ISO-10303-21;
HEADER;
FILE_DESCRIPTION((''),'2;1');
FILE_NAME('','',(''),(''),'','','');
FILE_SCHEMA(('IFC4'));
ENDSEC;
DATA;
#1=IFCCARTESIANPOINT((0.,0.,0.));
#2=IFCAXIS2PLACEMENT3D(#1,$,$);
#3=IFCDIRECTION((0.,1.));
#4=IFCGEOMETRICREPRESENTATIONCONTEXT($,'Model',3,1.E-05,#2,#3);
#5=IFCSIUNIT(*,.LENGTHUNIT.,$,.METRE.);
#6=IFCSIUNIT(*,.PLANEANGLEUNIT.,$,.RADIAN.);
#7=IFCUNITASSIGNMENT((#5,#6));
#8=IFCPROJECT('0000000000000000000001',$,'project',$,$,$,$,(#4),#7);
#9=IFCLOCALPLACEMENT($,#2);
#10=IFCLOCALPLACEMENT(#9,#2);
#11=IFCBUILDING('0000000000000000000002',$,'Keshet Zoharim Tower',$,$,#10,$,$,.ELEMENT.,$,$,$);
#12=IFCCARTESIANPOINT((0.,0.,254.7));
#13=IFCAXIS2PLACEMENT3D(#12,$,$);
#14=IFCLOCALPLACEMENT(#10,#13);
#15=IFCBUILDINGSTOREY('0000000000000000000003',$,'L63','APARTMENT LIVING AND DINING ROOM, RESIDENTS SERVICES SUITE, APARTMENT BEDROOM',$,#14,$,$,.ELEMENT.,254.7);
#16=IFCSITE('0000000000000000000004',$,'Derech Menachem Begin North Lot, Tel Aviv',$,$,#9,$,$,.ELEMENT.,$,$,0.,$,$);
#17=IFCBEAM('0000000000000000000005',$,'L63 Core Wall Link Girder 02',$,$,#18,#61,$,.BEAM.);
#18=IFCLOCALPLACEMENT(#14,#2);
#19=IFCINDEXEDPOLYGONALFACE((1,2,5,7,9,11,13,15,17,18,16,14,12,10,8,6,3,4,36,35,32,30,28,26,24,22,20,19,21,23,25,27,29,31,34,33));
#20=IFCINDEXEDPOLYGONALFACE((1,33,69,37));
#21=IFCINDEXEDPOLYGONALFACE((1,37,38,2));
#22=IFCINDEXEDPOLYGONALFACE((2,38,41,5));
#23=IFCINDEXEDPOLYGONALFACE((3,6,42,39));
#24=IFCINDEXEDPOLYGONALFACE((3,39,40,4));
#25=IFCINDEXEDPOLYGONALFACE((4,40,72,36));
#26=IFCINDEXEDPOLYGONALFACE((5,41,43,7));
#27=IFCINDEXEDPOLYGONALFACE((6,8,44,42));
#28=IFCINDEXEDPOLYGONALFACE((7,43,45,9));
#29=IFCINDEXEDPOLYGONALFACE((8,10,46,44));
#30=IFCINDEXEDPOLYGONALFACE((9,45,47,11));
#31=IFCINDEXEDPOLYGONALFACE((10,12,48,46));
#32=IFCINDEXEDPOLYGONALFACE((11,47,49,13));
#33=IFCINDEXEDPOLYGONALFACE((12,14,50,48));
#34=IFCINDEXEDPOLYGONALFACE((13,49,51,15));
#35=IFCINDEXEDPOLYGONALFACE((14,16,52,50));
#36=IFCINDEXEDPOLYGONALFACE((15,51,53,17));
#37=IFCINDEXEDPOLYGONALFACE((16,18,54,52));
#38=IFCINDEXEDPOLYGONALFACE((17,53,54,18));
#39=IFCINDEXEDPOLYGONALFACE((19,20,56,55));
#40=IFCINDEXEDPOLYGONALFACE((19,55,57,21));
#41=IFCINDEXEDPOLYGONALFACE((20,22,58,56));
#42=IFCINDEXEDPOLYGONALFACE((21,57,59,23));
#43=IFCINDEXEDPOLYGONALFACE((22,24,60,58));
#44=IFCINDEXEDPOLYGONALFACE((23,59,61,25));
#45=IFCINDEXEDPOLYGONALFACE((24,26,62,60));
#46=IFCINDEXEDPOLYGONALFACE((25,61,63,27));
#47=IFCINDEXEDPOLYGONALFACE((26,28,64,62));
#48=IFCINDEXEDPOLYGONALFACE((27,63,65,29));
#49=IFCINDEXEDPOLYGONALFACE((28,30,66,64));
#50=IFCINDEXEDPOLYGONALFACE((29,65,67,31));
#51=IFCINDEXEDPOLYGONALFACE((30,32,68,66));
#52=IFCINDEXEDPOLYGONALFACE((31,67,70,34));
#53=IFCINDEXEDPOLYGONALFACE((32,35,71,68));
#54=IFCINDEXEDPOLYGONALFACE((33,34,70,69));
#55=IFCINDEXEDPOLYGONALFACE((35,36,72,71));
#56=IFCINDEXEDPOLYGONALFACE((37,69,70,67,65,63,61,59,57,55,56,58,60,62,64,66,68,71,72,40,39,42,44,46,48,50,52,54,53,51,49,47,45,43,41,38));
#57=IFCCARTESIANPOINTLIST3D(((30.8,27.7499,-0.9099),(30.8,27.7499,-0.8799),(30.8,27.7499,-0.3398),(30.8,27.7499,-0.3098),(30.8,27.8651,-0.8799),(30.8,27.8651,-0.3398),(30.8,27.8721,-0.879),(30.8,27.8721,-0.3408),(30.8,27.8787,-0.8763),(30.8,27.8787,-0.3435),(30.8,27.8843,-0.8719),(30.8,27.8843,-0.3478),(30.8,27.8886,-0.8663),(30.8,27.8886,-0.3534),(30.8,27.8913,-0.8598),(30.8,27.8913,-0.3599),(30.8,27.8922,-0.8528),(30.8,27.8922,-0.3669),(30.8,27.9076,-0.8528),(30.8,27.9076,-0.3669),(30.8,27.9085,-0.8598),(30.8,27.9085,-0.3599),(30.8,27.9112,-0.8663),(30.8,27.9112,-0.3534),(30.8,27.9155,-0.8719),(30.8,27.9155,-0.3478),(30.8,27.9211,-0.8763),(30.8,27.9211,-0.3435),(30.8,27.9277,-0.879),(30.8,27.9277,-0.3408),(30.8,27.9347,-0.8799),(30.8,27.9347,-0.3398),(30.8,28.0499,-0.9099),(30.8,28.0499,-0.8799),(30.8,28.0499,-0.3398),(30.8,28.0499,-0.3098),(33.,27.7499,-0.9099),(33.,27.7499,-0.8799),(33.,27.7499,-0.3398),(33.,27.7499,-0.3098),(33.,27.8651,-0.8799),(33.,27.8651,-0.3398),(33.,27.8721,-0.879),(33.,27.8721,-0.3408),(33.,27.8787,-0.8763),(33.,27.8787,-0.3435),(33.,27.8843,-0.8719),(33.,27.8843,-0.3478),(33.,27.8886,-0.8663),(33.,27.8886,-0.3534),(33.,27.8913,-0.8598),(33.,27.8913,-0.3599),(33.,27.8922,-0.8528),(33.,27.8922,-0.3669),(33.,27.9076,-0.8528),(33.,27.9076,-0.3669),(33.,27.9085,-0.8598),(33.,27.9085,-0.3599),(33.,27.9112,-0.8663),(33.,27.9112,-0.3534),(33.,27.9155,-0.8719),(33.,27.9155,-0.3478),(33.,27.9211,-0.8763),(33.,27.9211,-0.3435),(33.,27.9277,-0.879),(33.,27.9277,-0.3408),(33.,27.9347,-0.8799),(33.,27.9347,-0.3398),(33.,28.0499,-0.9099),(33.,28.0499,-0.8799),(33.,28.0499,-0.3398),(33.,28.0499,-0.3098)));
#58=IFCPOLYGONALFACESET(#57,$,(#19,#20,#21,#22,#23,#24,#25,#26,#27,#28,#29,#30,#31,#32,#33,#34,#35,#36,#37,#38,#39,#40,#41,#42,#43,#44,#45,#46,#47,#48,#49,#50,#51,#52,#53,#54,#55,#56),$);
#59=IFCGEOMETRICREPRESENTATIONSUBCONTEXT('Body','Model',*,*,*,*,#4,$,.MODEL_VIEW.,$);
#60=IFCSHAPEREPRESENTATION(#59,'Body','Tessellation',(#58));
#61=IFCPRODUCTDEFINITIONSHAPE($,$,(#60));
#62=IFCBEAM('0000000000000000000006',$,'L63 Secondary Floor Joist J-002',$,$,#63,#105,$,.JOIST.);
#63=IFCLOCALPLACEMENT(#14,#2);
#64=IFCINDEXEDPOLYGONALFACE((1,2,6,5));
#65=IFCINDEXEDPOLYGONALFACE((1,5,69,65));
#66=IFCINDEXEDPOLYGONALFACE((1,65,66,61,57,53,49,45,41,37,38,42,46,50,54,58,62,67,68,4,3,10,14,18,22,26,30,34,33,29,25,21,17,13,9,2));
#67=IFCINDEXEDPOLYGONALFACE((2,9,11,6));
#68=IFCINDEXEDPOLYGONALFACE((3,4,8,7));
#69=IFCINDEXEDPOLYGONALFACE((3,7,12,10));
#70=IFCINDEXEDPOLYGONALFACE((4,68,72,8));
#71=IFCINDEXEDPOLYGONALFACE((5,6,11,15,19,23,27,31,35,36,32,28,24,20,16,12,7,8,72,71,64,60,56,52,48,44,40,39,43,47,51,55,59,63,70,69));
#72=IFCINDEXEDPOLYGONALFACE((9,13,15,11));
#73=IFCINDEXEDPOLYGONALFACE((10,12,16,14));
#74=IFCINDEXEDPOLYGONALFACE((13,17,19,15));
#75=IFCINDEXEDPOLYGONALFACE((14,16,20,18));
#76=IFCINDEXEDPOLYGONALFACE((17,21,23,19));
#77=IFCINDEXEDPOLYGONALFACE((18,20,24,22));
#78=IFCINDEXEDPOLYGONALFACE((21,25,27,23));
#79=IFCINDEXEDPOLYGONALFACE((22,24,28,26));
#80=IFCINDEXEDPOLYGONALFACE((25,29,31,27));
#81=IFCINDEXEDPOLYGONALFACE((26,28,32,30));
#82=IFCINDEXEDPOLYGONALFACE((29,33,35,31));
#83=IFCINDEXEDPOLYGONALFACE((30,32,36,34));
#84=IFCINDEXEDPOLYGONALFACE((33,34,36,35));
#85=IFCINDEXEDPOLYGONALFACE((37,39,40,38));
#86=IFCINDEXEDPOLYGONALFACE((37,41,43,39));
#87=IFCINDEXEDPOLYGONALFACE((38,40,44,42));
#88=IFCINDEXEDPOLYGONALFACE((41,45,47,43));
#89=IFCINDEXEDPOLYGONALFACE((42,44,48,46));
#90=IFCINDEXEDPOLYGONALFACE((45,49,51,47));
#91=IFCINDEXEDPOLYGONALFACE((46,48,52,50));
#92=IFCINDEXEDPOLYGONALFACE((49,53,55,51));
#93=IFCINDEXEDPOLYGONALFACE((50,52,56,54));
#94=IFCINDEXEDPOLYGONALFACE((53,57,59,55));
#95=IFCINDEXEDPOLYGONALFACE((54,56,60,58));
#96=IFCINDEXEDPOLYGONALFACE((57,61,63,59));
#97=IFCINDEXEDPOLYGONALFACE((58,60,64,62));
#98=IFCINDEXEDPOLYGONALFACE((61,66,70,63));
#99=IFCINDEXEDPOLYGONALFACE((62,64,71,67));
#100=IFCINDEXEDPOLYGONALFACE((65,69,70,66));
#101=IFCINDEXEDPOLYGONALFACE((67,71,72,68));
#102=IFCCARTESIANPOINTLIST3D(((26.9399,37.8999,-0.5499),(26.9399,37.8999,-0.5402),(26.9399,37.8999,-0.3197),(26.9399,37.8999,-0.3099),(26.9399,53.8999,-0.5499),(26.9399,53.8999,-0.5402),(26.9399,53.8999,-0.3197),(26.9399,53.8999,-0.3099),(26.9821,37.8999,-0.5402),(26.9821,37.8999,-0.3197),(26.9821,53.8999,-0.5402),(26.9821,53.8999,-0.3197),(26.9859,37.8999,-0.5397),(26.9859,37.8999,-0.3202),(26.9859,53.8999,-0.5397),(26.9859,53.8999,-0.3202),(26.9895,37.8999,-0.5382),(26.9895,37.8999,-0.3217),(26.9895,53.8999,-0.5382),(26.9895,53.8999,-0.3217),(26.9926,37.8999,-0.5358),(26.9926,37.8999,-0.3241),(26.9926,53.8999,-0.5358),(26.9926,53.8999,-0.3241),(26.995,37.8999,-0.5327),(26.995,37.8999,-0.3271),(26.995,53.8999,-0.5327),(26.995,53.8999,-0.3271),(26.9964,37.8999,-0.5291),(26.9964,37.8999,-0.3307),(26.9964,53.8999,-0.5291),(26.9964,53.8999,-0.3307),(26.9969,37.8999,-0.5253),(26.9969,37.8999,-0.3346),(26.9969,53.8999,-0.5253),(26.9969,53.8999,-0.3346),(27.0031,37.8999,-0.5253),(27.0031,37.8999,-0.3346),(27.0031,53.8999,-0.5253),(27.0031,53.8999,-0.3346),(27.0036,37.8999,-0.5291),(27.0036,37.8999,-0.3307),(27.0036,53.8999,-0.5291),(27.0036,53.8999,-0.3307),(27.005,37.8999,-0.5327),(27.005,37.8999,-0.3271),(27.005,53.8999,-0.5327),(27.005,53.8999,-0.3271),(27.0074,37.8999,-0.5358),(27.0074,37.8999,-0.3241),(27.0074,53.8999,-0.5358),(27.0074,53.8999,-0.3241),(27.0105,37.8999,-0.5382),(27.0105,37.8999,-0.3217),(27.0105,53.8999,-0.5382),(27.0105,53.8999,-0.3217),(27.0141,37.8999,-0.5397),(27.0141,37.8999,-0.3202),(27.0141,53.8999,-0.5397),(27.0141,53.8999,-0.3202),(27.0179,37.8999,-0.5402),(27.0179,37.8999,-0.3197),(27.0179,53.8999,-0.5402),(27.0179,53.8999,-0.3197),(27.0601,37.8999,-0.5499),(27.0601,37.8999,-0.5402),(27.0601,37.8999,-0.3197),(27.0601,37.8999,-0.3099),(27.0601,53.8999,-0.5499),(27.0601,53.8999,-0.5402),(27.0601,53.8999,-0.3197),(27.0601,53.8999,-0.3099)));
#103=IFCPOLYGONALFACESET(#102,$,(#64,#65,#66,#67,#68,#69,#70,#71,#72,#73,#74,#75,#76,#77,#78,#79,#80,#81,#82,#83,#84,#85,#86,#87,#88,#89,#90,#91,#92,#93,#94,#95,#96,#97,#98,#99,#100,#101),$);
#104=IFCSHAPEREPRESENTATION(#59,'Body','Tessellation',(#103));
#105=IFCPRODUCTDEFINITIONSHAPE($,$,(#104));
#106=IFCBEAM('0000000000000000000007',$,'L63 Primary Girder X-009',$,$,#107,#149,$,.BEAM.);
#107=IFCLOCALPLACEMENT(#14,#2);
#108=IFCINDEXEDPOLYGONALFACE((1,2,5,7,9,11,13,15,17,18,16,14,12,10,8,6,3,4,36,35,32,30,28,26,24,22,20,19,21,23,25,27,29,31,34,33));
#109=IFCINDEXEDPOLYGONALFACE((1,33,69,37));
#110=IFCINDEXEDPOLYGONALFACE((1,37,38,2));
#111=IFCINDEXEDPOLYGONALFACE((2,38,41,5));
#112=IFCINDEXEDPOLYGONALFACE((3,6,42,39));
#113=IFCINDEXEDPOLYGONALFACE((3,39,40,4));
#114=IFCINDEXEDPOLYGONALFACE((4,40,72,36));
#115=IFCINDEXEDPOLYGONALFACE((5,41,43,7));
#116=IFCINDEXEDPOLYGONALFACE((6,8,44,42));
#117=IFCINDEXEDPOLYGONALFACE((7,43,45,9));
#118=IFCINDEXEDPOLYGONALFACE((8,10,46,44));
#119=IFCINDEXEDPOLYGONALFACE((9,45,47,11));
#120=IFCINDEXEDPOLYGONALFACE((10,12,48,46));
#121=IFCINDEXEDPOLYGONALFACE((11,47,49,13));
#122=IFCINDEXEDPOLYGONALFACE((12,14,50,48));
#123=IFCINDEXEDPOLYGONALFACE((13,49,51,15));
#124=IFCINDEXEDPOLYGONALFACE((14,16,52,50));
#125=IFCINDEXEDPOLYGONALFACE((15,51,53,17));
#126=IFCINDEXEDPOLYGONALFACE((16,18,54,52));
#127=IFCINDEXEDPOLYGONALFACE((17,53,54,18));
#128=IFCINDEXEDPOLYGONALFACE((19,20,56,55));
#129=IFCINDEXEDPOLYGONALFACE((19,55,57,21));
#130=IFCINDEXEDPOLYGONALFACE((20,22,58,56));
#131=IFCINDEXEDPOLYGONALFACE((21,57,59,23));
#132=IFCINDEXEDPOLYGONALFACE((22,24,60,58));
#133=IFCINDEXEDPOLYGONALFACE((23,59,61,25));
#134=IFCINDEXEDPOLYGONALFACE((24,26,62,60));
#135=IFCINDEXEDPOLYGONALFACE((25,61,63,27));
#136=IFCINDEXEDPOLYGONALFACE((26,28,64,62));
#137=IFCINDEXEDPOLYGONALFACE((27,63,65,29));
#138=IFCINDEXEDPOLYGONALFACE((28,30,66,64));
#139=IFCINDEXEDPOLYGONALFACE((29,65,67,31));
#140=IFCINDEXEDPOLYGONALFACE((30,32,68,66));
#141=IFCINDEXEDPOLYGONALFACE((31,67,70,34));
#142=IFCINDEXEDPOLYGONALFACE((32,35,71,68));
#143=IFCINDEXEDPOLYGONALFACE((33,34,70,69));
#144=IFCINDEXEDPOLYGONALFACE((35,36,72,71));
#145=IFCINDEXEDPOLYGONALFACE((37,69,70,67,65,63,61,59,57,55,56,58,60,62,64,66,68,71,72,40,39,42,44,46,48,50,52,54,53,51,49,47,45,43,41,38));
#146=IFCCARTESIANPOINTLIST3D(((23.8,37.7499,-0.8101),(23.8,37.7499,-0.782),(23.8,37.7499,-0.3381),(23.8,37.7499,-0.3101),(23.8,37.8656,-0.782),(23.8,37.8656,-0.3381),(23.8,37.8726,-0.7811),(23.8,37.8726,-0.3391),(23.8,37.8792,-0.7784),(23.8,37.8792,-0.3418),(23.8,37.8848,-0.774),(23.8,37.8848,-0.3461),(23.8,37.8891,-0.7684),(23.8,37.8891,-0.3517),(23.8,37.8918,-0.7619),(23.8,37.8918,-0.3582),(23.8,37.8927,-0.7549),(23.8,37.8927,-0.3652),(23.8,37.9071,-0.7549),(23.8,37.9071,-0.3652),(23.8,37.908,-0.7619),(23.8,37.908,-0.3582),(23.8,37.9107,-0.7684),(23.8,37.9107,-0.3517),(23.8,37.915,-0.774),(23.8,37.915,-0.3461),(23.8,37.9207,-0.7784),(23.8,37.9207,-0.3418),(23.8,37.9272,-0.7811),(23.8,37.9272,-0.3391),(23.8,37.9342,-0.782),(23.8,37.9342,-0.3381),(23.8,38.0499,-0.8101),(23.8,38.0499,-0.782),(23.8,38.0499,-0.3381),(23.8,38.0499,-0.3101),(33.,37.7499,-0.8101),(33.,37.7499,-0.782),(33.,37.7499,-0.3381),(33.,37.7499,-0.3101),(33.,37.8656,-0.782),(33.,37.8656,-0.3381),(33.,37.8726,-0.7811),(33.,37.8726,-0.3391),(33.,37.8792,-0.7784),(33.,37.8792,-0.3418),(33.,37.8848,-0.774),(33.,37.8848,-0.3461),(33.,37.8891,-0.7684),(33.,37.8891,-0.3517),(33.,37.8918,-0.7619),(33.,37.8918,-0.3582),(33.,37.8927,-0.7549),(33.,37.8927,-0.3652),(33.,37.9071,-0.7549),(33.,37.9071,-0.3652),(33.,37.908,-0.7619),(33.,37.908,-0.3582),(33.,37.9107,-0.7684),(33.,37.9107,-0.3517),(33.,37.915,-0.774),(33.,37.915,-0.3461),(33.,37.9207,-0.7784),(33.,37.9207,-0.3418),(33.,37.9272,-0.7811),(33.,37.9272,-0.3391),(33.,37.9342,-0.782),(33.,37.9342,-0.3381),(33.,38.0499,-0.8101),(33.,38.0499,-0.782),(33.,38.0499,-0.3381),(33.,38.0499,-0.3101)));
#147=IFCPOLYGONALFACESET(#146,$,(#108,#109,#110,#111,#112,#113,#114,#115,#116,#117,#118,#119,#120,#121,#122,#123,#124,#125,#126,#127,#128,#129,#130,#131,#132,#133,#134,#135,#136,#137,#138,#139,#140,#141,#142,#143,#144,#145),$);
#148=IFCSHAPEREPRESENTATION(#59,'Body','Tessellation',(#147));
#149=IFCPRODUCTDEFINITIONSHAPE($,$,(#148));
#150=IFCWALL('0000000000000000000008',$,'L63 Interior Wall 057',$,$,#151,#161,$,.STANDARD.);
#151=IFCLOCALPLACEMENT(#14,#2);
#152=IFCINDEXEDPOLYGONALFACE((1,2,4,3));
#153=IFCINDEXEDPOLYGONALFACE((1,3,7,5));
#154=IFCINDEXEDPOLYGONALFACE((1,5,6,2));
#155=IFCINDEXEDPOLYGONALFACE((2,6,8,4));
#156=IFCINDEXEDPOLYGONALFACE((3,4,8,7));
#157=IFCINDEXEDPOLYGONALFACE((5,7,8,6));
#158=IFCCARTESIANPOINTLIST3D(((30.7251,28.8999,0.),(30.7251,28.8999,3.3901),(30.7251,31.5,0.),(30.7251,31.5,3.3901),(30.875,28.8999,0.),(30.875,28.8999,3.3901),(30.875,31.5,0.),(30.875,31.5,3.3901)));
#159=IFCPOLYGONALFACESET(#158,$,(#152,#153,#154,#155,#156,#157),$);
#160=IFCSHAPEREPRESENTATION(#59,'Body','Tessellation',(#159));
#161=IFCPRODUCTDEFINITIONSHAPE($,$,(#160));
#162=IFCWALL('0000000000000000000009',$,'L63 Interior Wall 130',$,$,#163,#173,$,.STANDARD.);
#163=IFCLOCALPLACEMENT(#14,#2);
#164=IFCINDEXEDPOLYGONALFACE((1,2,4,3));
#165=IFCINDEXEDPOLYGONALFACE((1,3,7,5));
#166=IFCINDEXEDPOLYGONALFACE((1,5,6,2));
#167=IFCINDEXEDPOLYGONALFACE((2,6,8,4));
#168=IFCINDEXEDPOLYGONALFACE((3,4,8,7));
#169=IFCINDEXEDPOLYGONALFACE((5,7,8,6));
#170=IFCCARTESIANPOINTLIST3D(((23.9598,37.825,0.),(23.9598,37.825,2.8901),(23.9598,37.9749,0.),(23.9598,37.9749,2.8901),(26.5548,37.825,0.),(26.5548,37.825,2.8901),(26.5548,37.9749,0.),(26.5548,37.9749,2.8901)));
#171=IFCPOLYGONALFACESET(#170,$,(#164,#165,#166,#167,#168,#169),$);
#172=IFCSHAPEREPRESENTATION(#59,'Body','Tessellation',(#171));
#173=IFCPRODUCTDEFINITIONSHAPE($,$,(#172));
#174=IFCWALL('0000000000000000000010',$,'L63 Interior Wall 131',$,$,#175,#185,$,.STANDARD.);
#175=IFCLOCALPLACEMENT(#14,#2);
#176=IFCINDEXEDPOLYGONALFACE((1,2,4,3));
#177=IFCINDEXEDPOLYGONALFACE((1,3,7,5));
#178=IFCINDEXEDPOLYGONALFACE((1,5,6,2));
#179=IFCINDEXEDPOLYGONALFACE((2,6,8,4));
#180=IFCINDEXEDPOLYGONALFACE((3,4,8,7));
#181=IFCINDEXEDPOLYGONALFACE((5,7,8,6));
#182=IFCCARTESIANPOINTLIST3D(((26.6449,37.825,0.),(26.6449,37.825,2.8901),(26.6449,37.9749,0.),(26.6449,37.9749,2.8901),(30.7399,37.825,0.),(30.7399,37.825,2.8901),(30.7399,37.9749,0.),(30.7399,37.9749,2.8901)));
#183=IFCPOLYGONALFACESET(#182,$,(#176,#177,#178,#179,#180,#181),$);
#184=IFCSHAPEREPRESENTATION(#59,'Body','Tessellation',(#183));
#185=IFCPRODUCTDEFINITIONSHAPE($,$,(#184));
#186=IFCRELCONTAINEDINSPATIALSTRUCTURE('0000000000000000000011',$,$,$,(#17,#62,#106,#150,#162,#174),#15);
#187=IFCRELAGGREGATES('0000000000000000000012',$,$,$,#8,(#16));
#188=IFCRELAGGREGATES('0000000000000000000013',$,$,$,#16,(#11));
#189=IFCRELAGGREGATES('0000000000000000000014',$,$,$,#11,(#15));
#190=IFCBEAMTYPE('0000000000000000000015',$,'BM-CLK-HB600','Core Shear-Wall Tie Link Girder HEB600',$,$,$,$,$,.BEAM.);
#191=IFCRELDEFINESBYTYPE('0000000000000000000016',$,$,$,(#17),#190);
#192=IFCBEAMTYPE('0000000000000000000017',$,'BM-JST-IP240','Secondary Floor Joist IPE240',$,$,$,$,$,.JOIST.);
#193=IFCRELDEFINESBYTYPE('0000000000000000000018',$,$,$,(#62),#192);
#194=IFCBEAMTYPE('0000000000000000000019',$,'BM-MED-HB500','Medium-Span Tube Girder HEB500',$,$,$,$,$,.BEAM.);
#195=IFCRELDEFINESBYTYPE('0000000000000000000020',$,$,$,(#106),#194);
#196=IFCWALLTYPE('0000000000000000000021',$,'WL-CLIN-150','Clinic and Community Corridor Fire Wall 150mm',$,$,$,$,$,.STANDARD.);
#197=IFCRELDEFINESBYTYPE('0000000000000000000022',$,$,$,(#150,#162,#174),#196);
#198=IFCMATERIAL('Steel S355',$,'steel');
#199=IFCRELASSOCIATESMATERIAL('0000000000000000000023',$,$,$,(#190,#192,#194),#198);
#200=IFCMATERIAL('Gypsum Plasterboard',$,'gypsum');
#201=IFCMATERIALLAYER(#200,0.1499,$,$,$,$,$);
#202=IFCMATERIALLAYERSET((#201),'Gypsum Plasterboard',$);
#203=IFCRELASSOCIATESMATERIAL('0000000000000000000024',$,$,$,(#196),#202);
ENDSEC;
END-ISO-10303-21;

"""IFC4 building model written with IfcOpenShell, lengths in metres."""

from ifc_helpers import new_model, si_unit, direction, frame, frame_2d, origin, origin_2d, place, context, subcontext, project, spatial, rectangle, i_section, extrude, material, layer, layer_set, material_profile, profile_set, type_object, element, save


model = new_model("IFC4")

# Units and contexts
model_context = context("Model", 3, precision=1e-05, world=origin(), true_north=direction((0.0, 1.0)))
body_context = subcontext(model_context, "Body", "Model", "MODEL_VIEW")
ifc_project = project(units=[si_unit("LENGTHUNIT", "METRE"), si_unit("PLANEANGLEUNIT", "RADIAN")], contexts=[model_context])

# Site, building, storey
site_placement = place(None, origin())
site = spatial("IfcSite", under=ifc_project, at=site_placement, Name="Derech Menachem Begin North Lot, Tel Aviv", CompositionType="ELEMENT", RefElevation=0.0)
building_placement = place(site_placement, origin())
building = spatial("IfcBuilding", under=site, at=building_placement, Name="Keshet Zoharim Tower", CompositionType="ELEMENT")
storey_placement = place(building_placement, frame((0.0, 0.0, 254.7)))
storey = spatial("IfcBuildingStorey", under=building, at=storey_placement, Name="L63", Description="APARTMENT LIVING AND DINING ROOM, RESIDENTS SERVICES SUITE, APARTMENT BEDROOM", CompositionType="ELEMENT", Elevation=254.7)

# Beams
ifc_material_1 = material(Name="Steel S355", Category="steel")
ifc_material_profile_1 = material_profile(ifc_material_1, i_section(OverallWidth=0.3, OverallDepth=0.6001, WebThickness=0.0154, FlangeThickness=0.03, FilletRadius=0.0271, at=origin_2d()), Name="HEB600")
ifc_profile_set_1 = profile_set([ifc_material_profile_1], Name="Steel S355")
beam_type_1 = type_object("IfcBeamType", Name="BM-CLK-HB600", Description="Core Shear-Wall Tie Link Girder HEB600", PredefinedType="BEAM", material=ifc_profile_set_1)
beam_1_placement = place(storey_placement, frame((30.8, 27.8999, -0.6099), z_axis=(1.0, 0.0, 0.0), x_axis=(0.0, 1.0, 0.0)))
element("IfcBeam", 1, at=beam_1_placement, inside=storey, type_object=beam_type_1, Name="L63 Core Wall Link Girder 02", PredefinedType="BEAM", context=body_context, shape_type="SweptSolid", body=[
    extrude(i_section(OverallWidth=0.3, OverallDepth=0.6001, WebThickness=0.0154, FlangeThickness=0.03, FilletRadius=0.0271, at=origin_2d()), origin(), (0.0, 0.0, 1.0), 2.2),
])
ifc_material_profile_2 = material_profile(ifc_material_1, i_section(OverallWidth=0.1201, OverallDepth=0.24, WebThickness=0.0061, FlangeThickness=0.0098, FilletRadius=0.0149, at=origin_2d()), Name="IPE240")
ifc_profile_set_2 = profile_set([ifc_material_profile_2], Name="Steel S355")
beam_type_2 = type_object("IfcBeamType", Name="BM-JST-IP240", Description="Secondary Floor Joist IPE240", PredefinedType="JOIST", material=ifc_profile_set_2)
beam_2_placement = place(storey_placement, frame((27.0, 37.8999, -0.4299), z_axis=(0.0, 1.0, 0.0), x_axis=(-1.0, 0.0, 0.0)))
element("IfcBeam", 2, at=beam_2_placement, inside=storey, type_object=beam_type_2, Name="L63 Secondary Floor Joist J-002", PredefinedType="JOIST", context=body_context, shape_type="SweptSolid", body=[
    extrude(i_section(OverallWidth=0.1201, OverallDepth=0.24, WebThickness=0.0061, FlangeThickness=0.0098, FilletRadius=0.0149, at=origin_2d()), origin(), (0.0, 0.0, 1.0), 16.0),
])
ifc_material_profile_3 = material_profile(ifc_material_1, i_section(OverallWidth=0.3, OverallDepth=0.5, WebThickness=0.0144, FlangeThickness=0.0281, FilletRadius=0.0271, at=origin_2d()), Name="HEB500")
ifc_profile_set_3 = profile_set([ifc_material_profile_3], Name="Steel S355")
beam_type_3 = type_object("IfcBeamType", Name="BM-MED-HB500", Description="Medium-Span Tube Girder HEB500", PredefinedType="BEAM", material=ifc_profile_set_3)
beam_3_placement = place(storey_placement, frame((23.8, 37.8999, -0.5601), z_axis=(1.0, 0.0, 0.0), x_axis=(0.0, 1.0, 0.0)))
element("IfcBeam", 3, at=beam_3_placement, inside=storey, type_object=beam_type_3, Name="L63 Primary Girder X-009", PredefinedType="BEAM", context=body_context, shape_type="SweptSolid", body=[
    extrude(i_section(OverallWidth=0.3, OverallDepth=0.5, WebThickness=0.0144, FlangeThickness=0.0281, FilletRadius=0.0271, at=origin_2d()), origin(), (0.0, 0.0, 1.0), 9.2),
])

# Walls
ifc_material_2 = material(Name="Gypsum Plasterboard", Category="gypsum")
ifc_layer_1 = layer(ifc_material_2, 0.1499)
ifc_layer_set_1 = layer_set([ifc_layer_1], Name="Gypsum Plasterboard")
wall_type_1 = type_object("IfcWallType", Name="WL-CLIN-150", Description="Clinic and Community Corridor Fire Wall 150mm", PredefinedType="STANDARD", material=ifc_layer_set_1)
wall_1_placement = place(storey_placement, frame((30.8, 28.8999, 0.0), z_axis=(0.0, 0.0, 1.0), x_axis=(0.0, 1.0, 0.0)))
element("IfcWall", 4, at=wall_1_placement, inside=storey, type_object=wall_type_1, Name="L63 Interior Wall 057", PredefinedType="STANDARD", context=body_context, shape_type="SweptSolid", body=[
    extrude(rectangle(XDim=2.6001, YDim=0.1499, at=frame_2d((1.3, 0.0))), origin(), (0.0, 0.0, 1.0), 3.3901),
])
wall_2_placement = place(storey_placement, frame((23.96, 37.8999, 0.0), z_axis=(0.0, 0.0, 1.0), x_axis=(1.0, 0.0, 0.0)))
element("IfcWall", 5, at=wall_2_placement, inside=storey, type_object=wall_type_1, Name="L63 Interior Wall 130", PredefinedType="STANDARD", context=body_context, shape_type="SweptSolid", body=[
    extrude(rectangle(XDim=2.595, YDim=0.1499, at=frame_2d((1.2974, 0.0))), origin(), (0.0, 0.0, 1.0), 2.8901),
])
wall_3_placement = place(storey_placement, frame((26.645, 37.8999, 0.0), z_axis=(0.0, 0.0, 1.0), x_axis=(1.0, 0.0, 0.0)))
element("IfcWall", 6, at=wall_3_placement, inside=storey, type_object=wall_type_1, Name="L63 Interior Wall 131", PredefinedType="STANDARD", context=body_context, shape_type="SweptSolid", body=[
    extrude(rectangle(XDim=4.095, YDim=0.1499, at=frame_2d((2.0474, 0.0))), origin(), (0.0, 0.0, 1.0), 2.8901),
])

save(model, "model.ifc")
